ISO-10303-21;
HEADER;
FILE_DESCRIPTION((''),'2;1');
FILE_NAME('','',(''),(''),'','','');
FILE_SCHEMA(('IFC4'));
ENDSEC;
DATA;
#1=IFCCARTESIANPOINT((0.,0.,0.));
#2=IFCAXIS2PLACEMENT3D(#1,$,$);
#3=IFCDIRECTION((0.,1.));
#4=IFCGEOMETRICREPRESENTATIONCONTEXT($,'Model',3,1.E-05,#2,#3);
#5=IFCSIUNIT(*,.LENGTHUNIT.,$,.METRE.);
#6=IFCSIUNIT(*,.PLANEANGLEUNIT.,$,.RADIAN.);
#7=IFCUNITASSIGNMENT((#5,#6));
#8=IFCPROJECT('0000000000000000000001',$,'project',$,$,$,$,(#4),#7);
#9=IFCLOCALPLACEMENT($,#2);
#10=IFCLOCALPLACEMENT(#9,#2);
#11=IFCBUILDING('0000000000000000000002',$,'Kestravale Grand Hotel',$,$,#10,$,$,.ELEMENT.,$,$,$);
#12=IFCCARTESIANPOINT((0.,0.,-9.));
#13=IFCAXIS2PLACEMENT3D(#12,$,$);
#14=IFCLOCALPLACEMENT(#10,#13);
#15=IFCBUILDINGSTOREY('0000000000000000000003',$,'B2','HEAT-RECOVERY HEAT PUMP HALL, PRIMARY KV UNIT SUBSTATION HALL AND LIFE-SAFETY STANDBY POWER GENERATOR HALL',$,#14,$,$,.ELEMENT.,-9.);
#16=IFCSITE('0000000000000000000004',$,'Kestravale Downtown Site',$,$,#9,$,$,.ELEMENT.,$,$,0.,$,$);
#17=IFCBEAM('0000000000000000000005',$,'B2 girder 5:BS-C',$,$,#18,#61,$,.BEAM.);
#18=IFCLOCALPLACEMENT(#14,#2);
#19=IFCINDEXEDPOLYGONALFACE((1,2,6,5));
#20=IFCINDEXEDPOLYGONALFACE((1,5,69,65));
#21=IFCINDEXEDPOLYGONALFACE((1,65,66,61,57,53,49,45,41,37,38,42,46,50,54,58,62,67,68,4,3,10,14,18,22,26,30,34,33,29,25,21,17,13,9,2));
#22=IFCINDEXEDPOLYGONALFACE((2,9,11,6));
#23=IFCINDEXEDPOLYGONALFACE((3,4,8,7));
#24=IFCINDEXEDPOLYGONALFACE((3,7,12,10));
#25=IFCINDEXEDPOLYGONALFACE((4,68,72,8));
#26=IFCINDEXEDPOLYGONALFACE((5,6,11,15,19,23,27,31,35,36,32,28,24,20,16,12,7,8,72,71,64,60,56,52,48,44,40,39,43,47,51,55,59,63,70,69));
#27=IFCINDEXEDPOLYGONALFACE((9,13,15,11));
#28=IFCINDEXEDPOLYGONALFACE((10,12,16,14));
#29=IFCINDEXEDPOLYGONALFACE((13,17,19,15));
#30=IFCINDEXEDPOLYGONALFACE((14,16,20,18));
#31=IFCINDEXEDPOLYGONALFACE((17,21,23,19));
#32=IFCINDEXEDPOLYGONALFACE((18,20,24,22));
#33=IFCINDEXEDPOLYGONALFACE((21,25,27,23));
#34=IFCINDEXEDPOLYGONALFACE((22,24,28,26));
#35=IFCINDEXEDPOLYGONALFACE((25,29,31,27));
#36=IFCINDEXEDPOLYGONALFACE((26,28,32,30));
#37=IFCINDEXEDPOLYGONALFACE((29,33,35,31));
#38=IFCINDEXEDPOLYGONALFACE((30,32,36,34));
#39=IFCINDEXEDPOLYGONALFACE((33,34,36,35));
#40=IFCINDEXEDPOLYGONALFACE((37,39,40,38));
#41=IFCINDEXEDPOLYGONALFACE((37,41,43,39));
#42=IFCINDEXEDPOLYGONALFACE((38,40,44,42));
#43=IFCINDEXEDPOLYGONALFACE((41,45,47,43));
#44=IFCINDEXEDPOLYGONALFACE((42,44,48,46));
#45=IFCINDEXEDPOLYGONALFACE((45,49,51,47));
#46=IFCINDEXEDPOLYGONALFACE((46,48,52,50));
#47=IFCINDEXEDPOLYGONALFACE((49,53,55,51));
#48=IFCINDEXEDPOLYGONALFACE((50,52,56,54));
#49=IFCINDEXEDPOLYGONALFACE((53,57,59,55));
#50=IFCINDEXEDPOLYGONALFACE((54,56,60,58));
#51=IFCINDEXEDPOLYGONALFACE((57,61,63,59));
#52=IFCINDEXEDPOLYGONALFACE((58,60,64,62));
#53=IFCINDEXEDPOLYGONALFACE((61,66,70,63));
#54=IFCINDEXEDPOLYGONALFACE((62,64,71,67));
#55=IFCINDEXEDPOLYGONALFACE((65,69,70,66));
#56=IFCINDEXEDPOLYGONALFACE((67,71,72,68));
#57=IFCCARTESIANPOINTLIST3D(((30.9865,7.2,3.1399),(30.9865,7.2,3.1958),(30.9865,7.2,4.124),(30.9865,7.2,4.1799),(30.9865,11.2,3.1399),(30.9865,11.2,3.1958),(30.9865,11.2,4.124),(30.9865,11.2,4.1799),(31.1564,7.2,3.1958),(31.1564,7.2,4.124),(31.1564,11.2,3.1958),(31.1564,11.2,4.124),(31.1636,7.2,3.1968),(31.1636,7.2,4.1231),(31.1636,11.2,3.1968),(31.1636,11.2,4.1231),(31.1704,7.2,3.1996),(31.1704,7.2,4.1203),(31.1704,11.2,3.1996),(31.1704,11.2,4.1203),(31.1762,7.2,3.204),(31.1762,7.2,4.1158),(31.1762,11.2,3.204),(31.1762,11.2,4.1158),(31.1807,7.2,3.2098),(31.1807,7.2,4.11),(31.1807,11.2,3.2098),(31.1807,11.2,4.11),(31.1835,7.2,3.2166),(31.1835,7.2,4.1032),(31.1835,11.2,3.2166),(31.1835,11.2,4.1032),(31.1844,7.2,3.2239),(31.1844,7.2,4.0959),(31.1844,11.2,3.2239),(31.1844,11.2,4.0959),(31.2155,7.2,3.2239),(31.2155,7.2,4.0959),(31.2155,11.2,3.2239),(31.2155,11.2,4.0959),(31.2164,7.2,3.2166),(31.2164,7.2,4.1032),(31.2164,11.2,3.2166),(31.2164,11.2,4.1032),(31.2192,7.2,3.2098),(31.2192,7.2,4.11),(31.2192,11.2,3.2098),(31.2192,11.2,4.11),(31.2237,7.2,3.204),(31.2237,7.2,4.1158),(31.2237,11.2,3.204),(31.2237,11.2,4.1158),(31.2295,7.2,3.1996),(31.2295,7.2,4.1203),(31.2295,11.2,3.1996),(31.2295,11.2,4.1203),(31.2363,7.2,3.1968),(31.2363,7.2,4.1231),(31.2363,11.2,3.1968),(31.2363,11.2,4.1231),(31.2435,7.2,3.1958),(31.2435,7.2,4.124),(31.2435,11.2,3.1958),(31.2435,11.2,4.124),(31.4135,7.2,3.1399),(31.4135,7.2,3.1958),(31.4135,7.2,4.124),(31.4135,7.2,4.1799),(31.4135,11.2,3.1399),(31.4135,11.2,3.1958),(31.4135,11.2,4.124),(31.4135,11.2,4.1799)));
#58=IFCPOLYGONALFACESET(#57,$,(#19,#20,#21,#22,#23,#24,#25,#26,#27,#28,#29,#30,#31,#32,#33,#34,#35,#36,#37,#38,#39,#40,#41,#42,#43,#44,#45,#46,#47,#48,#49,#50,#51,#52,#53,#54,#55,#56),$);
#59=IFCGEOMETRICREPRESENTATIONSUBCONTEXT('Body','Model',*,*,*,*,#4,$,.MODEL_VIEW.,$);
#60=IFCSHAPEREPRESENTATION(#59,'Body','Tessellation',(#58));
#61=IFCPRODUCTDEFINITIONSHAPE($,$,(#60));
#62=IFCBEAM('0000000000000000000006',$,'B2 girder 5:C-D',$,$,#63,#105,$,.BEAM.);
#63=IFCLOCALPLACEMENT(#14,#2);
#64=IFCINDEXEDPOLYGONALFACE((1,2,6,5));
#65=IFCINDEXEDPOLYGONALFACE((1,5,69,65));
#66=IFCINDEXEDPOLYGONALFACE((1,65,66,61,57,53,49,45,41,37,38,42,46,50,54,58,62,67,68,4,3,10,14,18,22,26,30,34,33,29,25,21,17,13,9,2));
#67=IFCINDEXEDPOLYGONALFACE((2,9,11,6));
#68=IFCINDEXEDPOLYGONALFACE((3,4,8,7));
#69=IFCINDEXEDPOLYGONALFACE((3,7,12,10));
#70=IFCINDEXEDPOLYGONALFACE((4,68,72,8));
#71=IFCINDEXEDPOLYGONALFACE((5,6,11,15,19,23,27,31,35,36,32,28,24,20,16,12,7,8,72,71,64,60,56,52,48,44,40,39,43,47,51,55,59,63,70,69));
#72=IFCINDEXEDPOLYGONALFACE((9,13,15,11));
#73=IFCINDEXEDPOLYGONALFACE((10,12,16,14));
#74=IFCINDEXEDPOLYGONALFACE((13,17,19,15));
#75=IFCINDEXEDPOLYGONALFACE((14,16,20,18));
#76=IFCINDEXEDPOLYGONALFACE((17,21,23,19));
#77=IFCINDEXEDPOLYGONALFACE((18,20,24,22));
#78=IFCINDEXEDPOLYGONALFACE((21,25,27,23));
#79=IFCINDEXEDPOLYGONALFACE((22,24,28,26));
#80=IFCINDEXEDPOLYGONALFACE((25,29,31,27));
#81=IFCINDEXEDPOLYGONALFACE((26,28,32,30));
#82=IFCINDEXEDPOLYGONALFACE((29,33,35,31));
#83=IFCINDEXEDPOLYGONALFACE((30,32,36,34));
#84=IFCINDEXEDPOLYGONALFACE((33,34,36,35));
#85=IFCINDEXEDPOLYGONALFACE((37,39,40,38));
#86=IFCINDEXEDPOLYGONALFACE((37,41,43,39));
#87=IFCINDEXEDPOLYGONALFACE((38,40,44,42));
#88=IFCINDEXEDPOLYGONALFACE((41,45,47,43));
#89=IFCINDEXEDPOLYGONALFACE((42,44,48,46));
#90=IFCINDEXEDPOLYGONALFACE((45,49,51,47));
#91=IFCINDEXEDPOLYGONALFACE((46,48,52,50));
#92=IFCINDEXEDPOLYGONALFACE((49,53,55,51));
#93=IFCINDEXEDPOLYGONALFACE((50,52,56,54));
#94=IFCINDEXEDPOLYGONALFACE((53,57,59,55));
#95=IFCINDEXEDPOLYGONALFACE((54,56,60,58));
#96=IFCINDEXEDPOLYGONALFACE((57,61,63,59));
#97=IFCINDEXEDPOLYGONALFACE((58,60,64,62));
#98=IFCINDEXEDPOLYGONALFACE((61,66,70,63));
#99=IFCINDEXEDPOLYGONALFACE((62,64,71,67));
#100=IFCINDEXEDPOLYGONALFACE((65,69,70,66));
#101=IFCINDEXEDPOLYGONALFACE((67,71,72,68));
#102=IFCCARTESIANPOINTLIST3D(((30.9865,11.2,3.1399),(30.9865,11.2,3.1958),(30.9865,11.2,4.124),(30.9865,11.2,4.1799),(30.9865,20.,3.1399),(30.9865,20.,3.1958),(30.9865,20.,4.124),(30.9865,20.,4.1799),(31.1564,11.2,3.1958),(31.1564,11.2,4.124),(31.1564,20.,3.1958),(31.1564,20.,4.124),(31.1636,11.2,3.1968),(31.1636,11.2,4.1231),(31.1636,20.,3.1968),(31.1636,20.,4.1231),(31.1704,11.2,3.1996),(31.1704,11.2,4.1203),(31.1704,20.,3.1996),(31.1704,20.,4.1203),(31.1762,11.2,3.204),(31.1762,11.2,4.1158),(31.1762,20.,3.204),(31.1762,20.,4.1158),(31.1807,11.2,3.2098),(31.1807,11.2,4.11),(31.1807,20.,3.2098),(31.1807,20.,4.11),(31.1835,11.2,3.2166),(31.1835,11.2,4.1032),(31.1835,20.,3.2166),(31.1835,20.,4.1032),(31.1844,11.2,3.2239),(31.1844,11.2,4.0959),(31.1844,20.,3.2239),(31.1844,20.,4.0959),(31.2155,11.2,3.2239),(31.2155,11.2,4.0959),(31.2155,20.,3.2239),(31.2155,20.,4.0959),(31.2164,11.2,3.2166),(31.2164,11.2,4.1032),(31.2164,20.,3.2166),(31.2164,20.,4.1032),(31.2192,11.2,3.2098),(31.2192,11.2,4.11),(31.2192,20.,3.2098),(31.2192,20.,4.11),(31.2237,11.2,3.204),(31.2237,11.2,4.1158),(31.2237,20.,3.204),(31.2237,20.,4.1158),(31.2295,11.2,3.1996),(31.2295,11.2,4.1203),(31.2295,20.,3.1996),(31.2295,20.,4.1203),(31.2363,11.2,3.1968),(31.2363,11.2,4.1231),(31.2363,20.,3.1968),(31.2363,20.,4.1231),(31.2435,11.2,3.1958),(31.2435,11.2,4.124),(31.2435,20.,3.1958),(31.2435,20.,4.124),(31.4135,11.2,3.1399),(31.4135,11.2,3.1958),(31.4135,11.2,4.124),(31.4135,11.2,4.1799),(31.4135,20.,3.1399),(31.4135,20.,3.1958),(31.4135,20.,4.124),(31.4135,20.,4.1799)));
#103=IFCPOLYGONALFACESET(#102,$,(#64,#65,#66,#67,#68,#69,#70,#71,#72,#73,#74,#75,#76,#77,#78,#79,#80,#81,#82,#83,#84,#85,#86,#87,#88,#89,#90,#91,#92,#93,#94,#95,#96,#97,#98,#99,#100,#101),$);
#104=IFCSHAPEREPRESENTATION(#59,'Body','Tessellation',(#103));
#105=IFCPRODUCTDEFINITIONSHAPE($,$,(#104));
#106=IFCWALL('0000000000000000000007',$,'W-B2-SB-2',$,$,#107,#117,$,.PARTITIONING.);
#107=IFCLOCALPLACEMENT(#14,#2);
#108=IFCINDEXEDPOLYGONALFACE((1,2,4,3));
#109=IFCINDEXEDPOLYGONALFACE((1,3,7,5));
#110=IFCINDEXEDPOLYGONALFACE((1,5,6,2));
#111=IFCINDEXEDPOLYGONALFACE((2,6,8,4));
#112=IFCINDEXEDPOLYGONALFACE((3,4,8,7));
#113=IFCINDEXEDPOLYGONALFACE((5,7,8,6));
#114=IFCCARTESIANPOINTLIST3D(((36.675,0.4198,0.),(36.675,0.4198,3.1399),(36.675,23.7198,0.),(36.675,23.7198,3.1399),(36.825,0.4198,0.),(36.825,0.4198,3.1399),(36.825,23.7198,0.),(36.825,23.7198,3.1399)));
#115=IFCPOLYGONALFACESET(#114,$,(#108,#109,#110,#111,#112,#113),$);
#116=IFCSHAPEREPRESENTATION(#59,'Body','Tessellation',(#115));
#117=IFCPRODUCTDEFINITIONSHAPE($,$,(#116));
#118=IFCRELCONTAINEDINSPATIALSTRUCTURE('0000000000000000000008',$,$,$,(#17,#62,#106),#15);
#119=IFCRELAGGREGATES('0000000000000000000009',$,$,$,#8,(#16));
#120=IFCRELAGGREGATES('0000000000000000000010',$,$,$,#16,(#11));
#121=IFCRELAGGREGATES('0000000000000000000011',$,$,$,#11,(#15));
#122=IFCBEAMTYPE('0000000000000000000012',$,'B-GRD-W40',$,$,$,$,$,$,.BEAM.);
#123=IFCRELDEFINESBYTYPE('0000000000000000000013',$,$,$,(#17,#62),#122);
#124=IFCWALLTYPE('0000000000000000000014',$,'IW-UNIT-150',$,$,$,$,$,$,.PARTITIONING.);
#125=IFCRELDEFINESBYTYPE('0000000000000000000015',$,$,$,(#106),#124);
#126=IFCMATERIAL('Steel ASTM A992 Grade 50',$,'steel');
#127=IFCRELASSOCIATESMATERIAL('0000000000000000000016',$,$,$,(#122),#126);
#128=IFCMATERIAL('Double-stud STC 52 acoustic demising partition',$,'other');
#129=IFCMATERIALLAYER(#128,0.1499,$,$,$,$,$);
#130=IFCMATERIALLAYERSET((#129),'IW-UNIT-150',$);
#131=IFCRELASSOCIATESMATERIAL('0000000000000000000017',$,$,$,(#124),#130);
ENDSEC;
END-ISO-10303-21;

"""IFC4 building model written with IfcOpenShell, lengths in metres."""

from ifc_helpers import new_model, si_unit, direction, frame, frame_2d, origin, origin_2d, place, context, subcontext, project, spatial, rectangle, i_section, extrude, material, layer, layer_set, material_profile, profile_set, type_object, element, save


model = new_model("IFC4")

# Units and contexts
model_context = context("Model", 3, precision=1e-05, world=origin(), true_north=direction((0.0, 1.0)))
body_context = subcontext(model_context, "Body", "Model", "MODEL_VIEW")
ifc_project = project(units=[si_unit("LENGTHUNIT", "METRE"), si_unit("PLANEANGLEUNIT", "RADIAN")], contexts=[model_context])

# Site, building, storey
site_placement = place(None, origin())
site = spatial("IfcSite", under=ifc_project, at=site_placement, Name="Kestravale Downtown Site", CompositionType="ELEMENT", RefElevation=0.0)
building_placement = place(site_placement, origin())
building = spatial("IfcBuilding", under=site, at=building_placement, Name="Kestravale Grand Hotel", CompositionType="ELEMENT")
storey_placement = place(building_placement, frame((0.0, 0.0, -9.0)))
storey = spatial("IfcBuildingStorey", under=building, at=storey_placement, Name="B2", Description="HEAT-RECOVERY HEAT PUMP HALL, PRIMARY KV UNIT SUBSTATION HALL AND LIFE-SAFETY STANDBY POWER GENERATOR HALL", CompositionType="ELEMENT", Elevation=-9.0)

# Beams
ifc_material_1 = material(Name="Steel ASTM A992 Grade 50", Category="steel")
ifc_material_profile_1 = material_profile(ifc_material_1, i_section(OverallWidth=0.427, OverallDepth=1.04, WebThickness=0.031, FlangeThickness=0.0559, FilletRadius=0.0281, at=origin_2d()))
ifc_profile_set_1 = profile_set([ifc_material_profile_1], Name="Steel ASTM A992 Grade 50")
beam_type_1 = type_object("IfcBeamType", Name="B-GRD-W40", PredefinedType="BEAM", material=ifc_profile_set_1)
beam_1_placement = place(storey_placement, frame((31.2, 7.2, 3.6599), z_axis=(0.0, 1.0, 0.0), x_axis=(-1.0, 0.0, 0.0)))
element("IfcBeam", 1, at=beam_1_placement, inside=storey, type_object=beam_type_1, Name="B2 girder 5:BS-C", PredefinedType="BEAM", context=body_context, shape_type="SweptSolid", body=[
    extrude(i_section(OverallWidth=0.427, OverallDepth=1.04, WebThickness=0.031, FlangeThickness=0.0559, FilletRadius=0.0281, at=origin_2d()), origin(), (0.0, 0.0, 1.0), 4.0),
])
beam_2_placement = place(storey_placement, frame((31.2, 11.2, 3.6599), z_axis=(0.0, 1.0, 0.0), x_axis=(-1.0, 0.0, 0.0)))
element("IfcBeam", 2, at=beam_2_placement, inside=storey, type_object=beam_type_1, Name="B2 girder 5:C-D", PredefinedType="BEAM", context=body_context, shape_type="SweptSolid", body=[
    extrude(i_section(OverallWidth=0.427, OverallDepth=1.04, WebThickness=0.031, FlangeThickness=0.0559, FilletRadius=0.0281, at=origin_2d()), origin(), (0.0, 0.0, 1.0), 8.8),
])

# Wall
ifc_material_2 = material(Name="Double-stud STC 52 acoustic demising partition", Category="other")
ifc_layer = layer(ifc_material_2, 0.1499)
ifc_layer_set = layer_set([ifc_layer], Name="IW-UNIT-150")
wall_type = type_object("IfcWallType", Name="IW-UNIT-150", PredefinedType="PARTITIONING", material=ifc_layer_set)
wall_placement = place(storey_placement, frame((36.75, 0.4199, 0.0), z_axis=(0.0, 0.0, 1.0), x_axis=(0.0, 1.0, 0.0)))
element("IfcWall", 3, at=wall_placement, inside=storey, type_object=wall_type, Name="W-B2-SB-2", PredefinedType="PARTITIONING", context=body_context, shape_type="SweptSolid", body=[
    extrude(rectangle(XDim=23.3, YDim=0.1499, at=frame_2d((11.6499, 0.0))), origin(), (0.0, 0.0, 1.0), 3.1399),
])

save(model, "model.ifc")
